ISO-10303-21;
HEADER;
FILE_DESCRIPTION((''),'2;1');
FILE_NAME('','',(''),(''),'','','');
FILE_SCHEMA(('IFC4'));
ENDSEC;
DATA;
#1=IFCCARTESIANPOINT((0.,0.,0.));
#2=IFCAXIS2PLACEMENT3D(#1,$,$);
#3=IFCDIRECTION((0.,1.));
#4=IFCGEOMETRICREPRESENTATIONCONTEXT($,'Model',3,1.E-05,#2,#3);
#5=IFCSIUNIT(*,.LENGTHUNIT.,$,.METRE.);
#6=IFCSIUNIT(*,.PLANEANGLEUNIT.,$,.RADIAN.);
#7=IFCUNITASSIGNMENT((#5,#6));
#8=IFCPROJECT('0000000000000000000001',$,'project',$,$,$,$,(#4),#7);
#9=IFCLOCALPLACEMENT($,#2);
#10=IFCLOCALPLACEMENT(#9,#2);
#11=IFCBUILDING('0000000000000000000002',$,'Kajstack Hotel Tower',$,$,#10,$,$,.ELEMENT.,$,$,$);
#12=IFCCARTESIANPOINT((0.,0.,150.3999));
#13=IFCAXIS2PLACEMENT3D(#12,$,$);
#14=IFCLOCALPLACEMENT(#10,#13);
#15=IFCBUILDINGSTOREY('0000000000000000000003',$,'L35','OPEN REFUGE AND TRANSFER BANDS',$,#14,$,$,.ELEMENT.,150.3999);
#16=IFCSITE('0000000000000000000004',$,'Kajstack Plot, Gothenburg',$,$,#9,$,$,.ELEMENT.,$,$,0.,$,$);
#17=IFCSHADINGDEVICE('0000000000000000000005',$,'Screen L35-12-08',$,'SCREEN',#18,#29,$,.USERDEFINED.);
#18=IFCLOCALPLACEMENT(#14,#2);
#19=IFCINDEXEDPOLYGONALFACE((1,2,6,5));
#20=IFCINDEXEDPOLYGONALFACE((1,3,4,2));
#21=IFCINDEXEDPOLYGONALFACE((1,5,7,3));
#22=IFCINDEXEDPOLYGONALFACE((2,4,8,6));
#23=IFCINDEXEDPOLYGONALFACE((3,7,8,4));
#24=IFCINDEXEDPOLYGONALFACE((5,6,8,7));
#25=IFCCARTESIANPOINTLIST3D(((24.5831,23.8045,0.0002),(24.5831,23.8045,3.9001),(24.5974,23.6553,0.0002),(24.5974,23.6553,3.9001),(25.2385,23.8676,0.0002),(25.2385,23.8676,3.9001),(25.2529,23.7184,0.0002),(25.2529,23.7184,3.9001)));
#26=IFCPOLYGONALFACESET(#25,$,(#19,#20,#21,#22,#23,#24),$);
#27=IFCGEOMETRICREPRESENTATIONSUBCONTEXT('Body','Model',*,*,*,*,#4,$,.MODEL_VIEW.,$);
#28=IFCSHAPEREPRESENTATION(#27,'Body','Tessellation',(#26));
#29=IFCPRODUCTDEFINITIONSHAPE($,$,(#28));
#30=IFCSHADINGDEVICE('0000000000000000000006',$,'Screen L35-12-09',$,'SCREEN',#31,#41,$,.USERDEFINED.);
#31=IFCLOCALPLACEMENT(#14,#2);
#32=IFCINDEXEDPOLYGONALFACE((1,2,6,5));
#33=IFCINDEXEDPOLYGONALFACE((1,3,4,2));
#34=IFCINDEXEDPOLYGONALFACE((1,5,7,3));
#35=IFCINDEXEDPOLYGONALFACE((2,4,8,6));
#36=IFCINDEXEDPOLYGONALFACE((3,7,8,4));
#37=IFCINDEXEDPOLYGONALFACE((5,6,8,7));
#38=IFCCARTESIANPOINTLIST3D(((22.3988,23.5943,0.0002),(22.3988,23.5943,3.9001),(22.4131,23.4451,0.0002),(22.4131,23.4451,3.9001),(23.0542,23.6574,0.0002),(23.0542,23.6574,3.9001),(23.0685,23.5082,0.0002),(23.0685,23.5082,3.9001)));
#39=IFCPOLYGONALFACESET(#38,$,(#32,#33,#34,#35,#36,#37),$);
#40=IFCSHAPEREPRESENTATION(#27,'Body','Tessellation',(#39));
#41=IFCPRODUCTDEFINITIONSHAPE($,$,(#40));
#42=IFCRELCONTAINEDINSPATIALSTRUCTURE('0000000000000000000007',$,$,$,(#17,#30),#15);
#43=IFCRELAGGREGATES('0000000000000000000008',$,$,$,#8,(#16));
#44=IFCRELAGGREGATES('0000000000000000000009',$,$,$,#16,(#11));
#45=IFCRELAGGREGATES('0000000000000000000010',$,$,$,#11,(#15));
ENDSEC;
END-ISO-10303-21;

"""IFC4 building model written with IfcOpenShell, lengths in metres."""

from ifc_helpers import new_model, si_unit, direction, frame, origin, origin_2d, place, context, subcontext, project, spatial, rectangle, extrude, element, save


model = new_model("IFC4")

# Units and contexts
model_context = context("Model", 3, precision=1e-05, world=origin(), true_north=direction((0.0, 1.0)))
body_context = subcontext(model_context, "Body", "Model", "MODEL_VIEW")
ifc_project = project(units=[si_unit("LENGTHUNIT", "METRE"), si_unit("PLANEANGLEUNIT", "RADIAN")], contexts=[model_context])

# Site, building, storey
site_placement = place(None, origin())
site = spatial("IfcSite", under=ifc_project, at=site_placement, Name="Kajstack Plot, Gothenburg", CompositionType="ELEMENT", RefElevation=0.0)
building_placement = place(site_placement, origin())
building = spatial("IfcBuilding", under=site, at=building_placement, Name="Kajstack Hotel Tower", CompositionType="ELEMENT")
storey_placement = place(building_placement, frame((0.0, 0.0, 150.3999)))
storey = spatial("IfcBuildingStorey", under=building, at=storey_placement, Name="L35", Description="OPEN REFUGE AND TRANSFER BANDS", CompositionType="ELEMENT", Elevation=150.3999)

# Shading devices
for number, where, z_axis, x_axis, name in (
    (1, (24.918, 23.7615, 0.0002), (0.0, 0.0, 1.0), (-0.995396, -0.095846, 0.0), "Screen L35-12-08"),
    (2, (22.7336, 23.5513, 0.0002), (0.0, 0.0, 1.0), (-0.995396, -0.095846, 0.0), "Screen L35-12-09"),
):
    element("IfcShadingDevice", number, at=place(storey_placement, frame(where, z_axis=z_axis, x_axis=x_axis)), inside=storey, Name=name, ObjectType="SCREEN", PredefinedType="USERDEFINED", context=body_context, shape_type="SweptSolid", body=[
        extrude(rectangle(XDim=0.6584, YDim=0.1499, at=origin_2d()), origin(), (0.0, 0.0, 1.0), 3.8999),
    ])

save(model, "model.ifc")
